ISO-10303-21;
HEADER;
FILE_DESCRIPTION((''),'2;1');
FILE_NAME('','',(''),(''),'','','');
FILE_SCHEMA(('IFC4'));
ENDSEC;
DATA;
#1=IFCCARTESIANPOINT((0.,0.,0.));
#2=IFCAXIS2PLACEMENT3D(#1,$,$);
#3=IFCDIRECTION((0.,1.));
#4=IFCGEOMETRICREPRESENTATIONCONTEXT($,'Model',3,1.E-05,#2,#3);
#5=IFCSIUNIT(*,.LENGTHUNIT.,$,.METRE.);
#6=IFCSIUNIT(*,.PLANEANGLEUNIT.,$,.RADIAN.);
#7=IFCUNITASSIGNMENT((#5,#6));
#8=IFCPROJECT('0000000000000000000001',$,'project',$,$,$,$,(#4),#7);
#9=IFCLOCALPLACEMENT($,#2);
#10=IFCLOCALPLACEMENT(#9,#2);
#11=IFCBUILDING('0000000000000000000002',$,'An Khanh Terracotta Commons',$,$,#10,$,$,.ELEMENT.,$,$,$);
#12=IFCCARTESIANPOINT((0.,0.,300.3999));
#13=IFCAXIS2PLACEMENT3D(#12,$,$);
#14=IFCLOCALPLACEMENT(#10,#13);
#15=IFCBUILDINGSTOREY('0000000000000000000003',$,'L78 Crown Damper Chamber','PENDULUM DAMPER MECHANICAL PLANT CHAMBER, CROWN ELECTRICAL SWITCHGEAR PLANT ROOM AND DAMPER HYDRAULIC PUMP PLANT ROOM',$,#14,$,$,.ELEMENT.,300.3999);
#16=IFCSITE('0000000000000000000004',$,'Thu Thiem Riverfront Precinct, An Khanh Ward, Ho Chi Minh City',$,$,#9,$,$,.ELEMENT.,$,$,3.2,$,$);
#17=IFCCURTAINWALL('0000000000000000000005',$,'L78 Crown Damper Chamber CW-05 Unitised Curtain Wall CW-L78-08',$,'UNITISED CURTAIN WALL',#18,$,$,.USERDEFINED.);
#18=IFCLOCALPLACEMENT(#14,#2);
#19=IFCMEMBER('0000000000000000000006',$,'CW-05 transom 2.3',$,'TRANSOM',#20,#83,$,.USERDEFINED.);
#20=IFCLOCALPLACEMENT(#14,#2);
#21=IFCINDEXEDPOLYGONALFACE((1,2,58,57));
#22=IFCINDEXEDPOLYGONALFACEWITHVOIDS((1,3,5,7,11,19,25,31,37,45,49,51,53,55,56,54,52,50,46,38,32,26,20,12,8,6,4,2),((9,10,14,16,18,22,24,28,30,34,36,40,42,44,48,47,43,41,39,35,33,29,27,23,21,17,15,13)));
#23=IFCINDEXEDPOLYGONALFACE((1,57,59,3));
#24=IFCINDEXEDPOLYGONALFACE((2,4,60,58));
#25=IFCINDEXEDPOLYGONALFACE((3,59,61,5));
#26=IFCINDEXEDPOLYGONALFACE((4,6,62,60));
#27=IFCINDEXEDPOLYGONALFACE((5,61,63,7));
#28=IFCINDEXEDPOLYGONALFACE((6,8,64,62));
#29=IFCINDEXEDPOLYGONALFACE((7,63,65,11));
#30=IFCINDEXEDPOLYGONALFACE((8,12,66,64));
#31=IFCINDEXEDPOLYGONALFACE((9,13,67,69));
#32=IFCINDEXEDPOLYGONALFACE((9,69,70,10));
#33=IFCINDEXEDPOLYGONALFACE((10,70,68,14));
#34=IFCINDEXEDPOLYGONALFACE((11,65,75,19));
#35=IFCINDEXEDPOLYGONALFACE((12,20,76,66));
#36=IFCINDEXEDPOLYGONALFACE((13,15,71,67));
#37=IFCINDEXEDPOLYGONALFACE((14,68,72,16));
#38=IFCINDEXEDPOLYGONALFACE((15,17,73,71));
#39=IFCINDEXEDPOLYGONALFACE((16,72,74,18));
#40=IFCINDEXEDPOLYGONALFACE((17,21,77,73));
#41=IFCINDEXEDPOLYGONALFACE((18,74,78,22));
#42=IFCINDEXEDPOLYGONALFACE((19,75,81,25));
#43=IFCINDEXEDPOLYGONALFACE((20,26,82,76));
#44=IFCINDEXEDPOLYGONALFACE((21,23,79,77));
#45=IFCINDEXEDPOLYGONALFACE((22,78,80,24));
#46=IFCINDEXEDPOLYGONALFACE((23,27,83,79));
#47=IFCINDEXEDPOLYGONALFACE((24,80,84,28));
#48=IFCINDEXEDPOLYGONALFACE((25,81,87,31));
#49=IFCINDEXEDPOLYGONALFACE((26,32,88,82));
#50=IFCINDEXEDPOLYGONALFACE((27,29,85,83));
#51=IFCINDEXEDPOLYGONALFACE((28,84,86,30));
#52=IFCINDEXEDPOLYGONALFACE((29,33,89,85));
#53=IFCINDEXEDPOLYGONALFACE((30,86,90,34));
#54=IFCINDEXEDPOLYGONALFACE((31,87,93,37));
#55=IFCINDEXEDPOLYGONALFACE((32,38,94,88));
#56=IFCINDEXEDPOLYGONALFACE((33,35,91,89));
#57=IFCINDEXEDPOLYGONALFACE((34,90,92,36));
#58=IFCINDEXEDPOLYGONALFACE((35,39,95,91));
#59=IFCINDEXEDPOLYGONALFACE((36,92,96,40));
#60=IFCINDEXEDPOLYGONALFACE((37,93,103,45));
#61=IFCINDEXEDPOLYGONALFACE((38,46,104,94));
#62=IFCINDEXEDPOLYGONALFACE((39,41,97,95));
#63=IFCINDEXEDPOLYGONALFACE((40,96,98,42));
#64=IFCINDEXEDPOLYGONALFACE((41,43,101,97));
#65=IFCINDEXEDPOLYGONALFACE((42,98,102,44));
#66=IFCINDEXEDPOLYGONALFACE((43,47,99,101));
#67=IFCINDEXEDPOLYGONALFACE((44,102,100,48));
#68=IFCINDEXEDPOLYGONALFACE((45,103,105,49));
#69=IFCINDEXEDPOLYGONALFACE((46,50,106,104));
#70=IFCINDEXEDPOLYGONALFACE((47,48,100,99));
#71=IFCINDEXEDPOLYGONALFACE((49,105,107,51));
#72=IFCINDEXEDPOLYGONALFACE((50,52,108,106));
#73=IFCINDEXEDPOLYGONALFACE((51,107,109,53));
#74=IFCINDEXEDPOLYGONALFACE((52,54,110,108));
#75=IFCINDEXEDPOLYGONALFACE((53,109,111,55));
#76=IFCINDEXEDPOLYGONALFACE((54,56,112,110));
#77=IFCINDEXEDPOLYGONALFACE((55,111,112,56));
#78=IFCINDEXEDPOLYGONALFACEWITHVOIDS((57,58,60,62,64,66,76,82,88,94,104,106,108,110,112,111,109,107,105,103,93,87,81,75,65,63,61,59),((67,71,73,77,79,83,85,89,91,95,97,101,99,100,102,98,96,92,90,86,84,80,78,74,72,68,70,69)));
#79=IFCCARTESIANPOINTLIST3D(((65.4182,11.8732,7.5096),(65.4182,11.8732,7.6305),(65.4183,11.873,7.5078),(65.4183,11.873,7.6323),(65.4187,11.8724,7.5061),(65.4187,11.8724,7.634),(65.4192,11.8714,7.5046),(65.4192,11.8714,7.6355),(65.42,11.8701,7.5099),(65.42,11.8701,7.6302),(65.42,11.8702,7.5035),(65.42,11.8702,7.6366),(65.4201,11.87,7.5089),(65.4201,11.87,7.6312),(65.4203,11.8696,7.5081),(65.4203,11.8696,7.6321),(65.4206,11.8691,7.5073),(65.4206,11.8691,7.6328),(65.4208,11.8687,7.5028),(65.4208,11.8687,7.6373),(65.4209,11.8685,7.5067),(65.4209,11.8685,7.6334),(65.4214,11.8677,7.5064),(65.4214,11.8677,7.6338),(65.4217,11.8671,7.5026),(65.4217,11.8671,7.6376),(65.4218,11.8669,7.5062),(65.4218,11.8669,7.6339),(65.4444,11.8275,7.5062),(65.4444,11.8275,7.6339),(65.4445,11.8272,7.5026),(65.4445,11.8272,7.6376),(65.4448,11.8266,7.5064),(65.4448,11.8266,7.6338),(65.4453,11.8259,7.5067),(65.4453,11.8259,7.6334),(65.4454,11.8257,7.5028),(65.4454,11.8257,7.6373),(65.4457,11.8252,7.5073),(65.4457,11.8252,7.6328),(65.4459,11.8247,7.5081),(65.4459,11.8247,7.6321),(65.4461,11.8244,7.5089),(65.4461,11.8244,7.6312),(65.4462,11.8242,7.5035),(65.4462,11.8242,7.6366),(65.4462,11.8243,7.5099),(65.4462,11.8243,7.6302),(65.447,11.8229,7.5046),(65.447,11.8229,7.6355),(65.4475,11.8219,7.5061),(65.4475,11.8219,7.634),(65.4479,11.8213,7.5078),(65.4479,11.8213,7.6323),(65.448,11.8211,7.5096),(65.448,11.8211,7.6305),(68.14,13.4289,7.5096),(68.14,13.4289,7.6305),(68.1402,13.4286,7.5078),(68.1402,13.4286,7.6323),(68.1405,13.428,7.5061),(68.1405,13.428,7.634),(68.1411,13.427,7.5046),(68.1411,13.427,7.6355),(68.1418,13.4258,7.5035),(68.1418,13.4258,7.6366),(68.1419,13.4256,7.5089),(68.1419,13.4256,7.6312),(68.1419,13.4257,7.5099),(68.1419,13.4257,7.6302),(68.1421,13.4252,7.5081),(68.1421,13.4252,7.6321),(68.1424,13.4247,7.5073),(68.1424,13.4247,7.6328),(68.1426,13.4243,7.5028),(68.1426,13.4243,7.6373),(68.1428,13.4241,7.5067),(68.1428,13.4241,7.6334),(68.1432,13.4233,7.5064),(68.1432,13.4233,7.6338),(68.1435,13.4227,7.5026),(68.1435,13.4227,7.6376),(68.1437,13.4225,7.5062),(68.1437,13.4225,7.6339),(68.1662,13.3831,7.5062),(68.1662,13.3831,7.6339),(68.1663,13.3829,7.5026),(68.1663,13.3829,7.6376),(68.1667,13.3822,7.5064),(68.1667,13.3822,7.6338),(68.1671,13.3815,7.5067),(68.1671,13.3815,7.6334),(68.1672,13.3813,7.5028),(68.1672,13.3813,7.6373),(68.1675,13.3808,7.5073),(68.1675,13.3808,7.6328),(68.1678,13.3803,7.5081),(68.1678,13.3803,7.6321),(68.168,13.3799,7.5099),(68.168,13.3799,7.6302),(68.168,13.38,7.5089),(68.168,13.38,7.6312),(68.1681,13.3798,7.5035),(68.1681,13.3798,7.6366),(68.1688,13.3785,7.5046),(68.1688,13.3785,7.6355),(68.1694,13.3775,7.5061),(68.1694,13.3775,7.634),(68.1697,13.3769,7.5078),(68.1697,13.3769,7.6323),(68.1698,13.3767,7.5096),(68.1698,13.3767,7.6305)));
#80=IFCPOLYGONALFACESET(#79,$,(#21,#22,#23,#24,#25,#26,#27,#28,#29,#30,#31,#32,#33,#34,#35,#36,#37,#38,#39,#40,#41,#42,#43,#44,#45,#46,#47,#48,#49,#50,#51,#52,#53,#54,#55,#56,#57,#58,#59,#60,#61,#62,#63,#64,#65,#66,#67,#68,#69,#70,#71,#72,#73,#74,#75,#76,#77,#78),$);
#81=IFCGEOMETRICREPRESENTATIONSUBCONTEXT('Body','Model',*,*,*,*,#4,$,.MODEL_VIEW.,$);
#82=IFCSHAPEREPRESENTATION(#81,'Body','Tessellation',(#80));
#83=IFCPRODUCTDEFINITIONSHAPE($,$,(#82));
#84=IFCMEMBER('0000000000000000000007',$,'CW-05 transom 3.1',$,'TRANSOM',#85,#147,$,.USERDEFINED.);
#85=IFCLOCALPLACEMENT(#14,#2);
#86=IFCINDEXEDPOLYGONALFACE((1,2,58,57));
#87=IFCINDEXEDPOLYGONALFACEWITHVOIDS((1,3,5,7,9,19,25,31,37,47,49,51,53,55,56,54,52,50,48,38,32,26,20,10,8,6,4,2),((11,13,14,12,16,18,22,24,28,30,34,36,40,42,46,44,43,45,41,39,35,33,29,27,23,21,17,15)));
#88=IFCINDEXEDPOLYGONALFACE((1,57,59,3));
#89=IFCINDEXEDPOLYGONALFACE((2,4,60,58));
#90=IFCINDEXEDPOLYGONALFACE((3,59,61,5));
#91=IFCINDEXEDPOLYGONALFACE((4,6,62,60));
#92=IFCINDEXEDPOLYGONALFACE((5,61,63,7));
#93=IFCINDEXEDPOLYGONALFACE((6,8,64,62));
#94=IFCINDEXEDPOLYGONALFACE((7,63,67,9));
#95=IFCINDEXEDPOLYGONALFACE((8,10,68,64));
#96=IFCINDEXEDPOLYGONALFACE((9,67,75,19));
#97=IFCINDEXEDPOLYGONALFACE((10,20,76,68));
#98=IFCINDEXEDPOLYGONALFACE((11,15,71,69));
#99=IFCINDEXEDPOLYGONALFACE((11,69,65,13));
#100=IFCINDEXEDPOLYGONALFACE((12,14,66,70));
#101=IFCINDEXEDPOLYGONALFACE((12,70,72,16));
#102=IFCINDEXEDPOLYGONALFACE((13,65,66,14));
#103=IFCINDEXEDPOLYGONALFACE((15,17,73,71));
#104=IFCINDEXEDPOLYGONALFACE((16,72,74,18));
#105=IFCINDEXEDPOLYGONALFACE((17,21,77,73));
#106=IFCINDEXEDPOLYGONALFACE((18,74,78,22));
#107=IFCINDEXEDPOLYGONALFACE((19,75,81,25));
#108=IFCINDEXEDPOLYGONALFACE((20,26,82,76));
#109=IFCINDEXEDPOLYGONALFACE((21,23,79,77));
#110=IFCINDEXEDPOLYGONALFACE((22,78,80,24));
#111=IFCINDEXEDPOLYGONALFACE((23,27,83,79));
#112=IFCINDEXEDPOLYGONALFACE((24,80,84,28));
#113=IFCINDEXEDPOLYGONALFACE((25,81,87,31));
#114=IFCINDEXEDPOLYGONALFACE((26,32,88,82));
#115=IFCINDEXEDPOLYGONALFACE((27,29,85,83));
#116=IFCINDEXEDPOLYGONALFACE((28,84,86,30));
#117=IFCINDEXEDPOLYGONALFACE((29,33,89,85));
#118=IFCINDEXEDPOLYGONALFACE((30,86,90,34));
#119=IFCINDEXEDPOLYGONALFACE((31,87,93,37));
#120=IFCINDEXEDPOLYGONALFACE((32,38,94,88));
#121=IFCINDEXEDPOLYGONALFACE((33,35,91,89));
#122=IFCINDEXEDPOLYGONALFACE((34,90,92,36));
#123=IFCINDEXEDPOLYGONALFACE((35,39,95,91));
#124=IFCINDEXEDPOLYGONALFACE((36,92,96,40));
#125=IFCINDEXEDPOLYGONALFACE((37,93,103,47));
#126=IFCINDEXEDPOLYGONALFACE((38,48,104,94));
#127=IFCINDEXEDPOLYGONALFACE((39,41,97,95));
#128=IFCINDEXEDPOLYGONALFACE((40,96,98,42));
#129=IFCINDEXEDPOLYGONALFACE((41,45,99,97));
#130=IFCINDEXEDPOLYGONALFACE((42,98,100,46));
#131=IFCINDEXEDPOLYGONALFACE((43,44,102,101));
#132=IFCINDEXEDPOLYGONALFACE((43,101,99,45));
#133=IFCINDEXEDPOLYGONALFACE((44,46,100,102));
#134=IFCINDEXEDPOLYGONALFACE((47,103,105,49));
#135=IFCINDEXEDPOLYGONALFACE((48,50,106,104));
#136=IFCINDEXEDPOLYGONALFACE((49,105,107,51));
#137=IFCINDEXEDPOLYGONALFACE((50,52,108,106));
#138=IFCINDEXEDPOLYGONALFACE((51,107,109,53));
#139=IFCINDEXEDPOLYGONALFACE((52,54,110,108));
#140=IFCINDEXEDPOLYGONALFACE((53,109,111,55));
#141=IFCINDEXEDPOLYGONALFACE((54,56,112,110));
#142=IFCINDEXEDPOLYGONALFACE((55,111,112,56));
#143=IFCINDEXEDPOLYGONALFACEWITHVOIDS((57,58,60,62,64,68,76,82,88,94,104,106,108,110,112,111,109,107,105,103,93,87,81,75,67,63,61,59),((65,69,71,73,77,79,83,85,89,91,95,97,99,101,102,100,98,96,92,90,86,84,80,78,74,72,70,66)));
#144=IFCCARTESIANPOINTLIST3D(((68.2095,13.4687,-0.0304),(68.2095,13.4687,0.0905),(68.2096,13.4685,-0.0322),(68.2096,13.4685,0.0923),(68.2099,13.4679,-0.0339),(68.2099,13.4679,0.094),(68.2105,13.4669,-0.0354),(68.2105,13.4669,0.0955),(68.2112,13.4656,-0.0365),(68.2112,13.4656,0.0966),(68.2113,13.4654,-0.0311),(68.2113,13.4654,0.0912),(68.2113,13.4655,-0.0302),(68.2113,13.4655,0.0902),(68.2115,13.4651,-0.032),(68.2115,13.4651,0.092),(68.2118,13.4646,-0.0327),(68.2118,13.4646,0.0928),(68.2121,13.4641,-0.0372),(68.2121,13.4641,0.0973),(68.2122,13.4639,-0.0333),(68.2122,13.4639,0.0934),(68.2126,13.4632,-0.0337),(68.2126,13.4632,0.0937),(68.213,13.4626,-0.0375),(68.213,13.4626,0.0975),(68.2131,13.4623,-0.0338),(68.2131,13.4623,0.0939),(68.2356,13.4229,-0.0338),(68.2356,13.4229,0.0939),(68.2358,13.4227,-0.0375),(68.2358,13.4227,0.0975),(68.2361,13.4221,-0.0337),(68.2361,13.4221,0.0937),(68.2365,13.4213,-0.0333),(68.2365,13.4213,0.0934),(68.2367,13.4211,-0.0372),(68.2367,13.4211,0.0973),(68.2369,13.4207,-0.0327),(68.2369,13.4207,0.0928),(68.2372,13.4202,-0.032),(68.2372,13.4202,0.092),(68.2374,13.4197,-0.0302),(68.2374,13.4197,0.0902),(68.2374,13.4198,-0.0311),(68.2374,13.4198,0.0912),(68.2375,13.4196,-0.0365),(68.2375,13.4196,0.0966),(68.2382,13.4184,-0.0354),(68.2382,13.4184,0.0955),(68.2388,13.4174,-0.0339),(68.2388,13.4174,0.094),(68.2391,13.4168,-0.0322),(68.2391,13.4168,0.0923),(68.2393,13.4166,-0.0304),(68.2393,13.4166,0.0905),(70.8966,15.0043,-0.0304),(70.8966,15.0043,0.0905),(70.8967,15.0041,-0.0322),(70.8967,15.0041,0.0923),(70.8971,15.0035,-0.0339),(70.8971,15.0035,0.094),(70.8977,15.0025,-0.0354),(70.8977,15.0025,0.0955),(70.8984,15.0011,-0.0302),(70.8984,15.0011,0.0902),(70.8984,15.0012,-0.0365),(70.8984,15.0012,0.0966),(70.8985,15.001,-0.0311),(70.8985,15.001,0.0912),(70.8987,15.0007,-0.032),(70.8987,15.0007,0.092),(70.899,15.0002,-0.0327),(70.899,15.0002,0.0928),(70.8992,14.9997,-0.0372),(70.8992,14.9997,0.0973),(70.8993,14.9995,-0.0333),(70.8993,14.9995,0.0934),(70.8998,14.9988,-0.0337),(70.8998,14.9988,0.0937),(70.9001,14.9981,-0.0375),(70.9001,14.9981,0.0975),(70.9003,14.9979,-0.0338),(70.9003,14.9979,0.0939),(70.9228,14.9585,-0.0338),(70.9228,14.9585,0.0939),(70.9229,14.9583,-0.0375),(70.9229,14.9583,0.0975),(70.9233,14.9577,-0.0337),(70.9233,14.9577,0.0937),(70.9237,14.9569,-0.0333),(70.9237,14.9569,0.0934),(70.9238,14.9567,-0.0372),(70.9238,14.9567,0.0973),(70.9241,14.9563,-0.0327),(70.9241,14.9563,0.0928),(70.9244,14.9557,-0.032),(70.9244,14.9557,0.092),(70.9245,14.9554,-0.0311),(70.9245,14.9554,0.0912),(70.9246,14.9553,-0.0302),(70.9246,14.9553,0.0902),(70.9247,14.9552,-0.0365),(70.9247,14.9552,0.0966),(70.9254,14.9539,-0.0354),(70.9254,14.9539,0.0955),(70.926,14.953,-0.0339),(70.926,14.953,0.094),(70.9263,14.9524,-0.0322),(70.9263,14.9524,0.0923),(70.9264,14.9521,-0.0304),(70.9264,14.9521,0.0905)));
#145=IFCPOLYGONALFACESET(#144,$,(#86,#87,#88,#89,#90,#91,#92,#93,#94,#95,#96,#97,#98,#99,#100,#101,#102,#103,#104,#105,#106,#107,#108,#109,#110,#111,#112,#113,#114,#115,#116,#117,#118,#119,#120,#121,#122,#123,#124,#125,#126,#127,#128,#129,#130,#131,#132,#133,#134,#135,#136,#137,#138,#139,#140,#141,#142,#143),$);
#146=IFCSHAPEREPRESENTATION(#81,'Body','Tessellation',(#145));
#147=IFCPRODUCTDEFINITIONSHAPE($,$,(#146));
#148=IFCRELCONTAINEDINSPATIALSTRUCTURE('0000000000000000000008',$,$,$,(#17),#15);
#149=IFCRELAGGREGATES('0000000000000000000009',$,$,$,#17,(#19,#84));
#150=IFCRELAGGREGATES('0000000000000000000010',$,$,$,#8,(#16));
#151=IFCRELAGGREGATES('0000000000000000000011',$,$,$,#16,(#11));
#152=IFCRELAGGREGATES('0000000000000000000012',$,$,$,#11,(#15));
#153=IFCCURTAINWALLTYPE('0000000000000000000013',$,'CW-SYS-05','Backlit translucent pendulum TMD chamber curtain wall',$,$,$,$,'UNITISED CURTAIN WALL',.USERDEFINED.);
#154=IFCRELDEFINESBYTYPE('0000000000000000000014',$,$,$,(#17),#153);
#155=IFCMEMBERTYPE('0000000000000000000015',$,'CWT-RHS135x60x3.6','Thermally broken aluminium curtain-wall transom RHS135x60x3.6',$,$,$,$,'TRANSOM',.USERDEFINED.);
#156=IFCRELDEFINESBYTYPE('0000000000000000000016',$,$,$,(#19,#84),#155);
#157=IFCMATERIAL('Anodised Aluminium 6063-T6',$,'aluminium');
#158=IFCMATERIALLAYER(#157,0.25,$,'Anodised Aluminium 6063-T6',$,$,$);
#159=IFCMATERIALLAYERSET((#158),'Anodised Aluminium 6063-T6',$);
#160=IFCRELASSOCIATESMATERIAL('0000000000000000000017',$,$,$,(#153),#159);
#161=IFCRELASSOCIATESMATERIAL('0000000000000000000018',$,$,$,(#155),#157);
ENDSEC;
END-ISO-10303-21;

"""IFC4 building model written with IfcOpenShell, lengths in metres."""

from ifc_helpers import new_model, si_unit, direction, frame, origin, origin_2d, place, context, subcontext, project, spatial, hollow_rectangle, extrude, material, layer, layer_set, material_profile, profile_set, type_object, element, aggregate, save


model = new_model("IFC4")

# Units and contexts
model_context = context("Model", 3, precision=1e-05, world=origin(), true_north=direction((0.0, 1.0)))
body_context = subcontext(model_context, "Body", "Model", "MODEL_VIEW")
ifc_project = project(units=[si_unit("LENGTHUNIT", "METRE"), si_unit("PLANEANGLEUNIT", "RADIAN")], contexts=[model_context])

# Site, building, storey
site_placement = place(None, origin())
site = spatial("IfcSite", under=ifc_project, at=site_placement, Name="Thu Thiem Riverfront Precinct, An Khanh Ward, Ho Chi Minh City", CompositionType="ELEMENT", RefElevation=3.2)
building_placement = place(site_placement, origin())
building = spatial("IfcBuilding", under=site, at=building_placement, Name="An Khanh Terracotta Commons", CompositionType="ELEMENT")
storey_placement = place(building_placement, frame((0.0, 0.0, 300.3999)))
storey = spatial("IfcBuildingStorey", under=building, at=storey_placement, Name="L78 Crown Damper Chamber", Description="PENDULUM DAMPER MECHANICAL PLANT CHAMBER, CROWN ELECTRICAL SWITCHGEAR PLANT ROOM AND DAMPER HYDRAULIC PUMP PLANT ROOM", CompositionType="ELEMENT", Elevation=300.3999)

# Curtain wall
ifc_material_1 = material(Name="Anodised Aluminium 6063-T6", Category="aluminium")
ifc_layer_1 = layer(ifc_material_1, 0.25, Name="Anodised Aluminium 6063-T6")
ifc_layer_set_1 = layer_set([ifc_layer_1], Name="Anodised Aluminium 6063-T6")
curtain_wall_type = type_object("IfcCurtainWallType", Name="CW-SYS-05", Description="Backlit translucent pendulum TMD chamber curtain wall", ElementType="UNITISED CURTAIN WALL", PredefinedType="USERDEFINED", material=ifc_layer_set_1)
curtain_wall_1_placement = place(storey_placement, origin())
curtain_wall_1 = element("IfcCurtainWall", 1, at=curtain_wall_1_placement, inside=storey, type_object=curtain_wall_type, Name="L78 Crown Damper Chamber CW-05 Unitised Curtain Wall CW-L78-08", ObjectType="UNITISED CURTAIN WALL", PredefinedType="USERDEFINED")

# Members
ifc_material_profile_1 = material_profile(ifc_material_1, hollow_rectangle(XDim=0.0601, YDim=0.135, WallThickness=0.0037, InnerFilletRadius=0.0037, OuterFilletRadius=0.0071, at=origin_2d()), Name="RHS135x60x3.6")
ifc_profile_set_1 = profile_set([ifc_material_profile_1], Name="Anodised Aluminium 6063-T6")
member_type_1 = type_object("IfcMemberType", Name="CWT-RHS135x60x3.6", Description="Thermally broken aluminium curtain-wall transom RHS135x60x3.6", ElementType="TRANSOM", PredefinedType="USERDEFINED", material=ifc_profile_set_1)
member_1_placement = place(storey_placement, frame((65.4331, 11.8472, 7.5701), z_axis=(0.868205, 0.496206, 0.0), x_axis=(-0.496206, 0.868205, 0.0)))
member_1 = element("IfcMember", 2, at=member_1_placement, type_object=member_type_1, Name="CW-05 transom 2.3", ObjectType="TRANSOM", PredefinedType="USERDEFINED", context=body_context, shape_type="SweptSolid", body=[
    extrude(hollow_rectangle(XDim=0.0601, YDim=0.135, WallThickness=0.0037, InnerFilletRadius=0.0037, OuterFilletRadius=0.0071, at=origin_2d()), origin(), (0.0, 0.0, 1.0), 3.135),
])
member_2_placement = place(storey_placement, frame((68.2244, 13.4426, 0.03), z_axis=(0.868233, 0.496156, 0.0), x_axis=(-0.496156, 0.868233, 0.0)))
member_2 = element("IfcMember", 3, at=member_2_placement, type_object=member_type_1, Name="CW-05 transom 3.1", ObjectType="TRANSOM", PredefinedType="USERDEFINED", context=body_context, shape_type="SweptSolid", body=[
    extrude(hollow_rectangle(XDim=0.0601, YDim=0.135, WallThickness=0.0037, InnerFilletRadius=0.0037, OuterFilletRadius=0.0071, at=origin_2d()), origin(), (0.0, 0.0, 1.0), 3.095),
])

aggregate(curtain_wall_1, [member_1, member_2])

save(model, "model.ifc")
